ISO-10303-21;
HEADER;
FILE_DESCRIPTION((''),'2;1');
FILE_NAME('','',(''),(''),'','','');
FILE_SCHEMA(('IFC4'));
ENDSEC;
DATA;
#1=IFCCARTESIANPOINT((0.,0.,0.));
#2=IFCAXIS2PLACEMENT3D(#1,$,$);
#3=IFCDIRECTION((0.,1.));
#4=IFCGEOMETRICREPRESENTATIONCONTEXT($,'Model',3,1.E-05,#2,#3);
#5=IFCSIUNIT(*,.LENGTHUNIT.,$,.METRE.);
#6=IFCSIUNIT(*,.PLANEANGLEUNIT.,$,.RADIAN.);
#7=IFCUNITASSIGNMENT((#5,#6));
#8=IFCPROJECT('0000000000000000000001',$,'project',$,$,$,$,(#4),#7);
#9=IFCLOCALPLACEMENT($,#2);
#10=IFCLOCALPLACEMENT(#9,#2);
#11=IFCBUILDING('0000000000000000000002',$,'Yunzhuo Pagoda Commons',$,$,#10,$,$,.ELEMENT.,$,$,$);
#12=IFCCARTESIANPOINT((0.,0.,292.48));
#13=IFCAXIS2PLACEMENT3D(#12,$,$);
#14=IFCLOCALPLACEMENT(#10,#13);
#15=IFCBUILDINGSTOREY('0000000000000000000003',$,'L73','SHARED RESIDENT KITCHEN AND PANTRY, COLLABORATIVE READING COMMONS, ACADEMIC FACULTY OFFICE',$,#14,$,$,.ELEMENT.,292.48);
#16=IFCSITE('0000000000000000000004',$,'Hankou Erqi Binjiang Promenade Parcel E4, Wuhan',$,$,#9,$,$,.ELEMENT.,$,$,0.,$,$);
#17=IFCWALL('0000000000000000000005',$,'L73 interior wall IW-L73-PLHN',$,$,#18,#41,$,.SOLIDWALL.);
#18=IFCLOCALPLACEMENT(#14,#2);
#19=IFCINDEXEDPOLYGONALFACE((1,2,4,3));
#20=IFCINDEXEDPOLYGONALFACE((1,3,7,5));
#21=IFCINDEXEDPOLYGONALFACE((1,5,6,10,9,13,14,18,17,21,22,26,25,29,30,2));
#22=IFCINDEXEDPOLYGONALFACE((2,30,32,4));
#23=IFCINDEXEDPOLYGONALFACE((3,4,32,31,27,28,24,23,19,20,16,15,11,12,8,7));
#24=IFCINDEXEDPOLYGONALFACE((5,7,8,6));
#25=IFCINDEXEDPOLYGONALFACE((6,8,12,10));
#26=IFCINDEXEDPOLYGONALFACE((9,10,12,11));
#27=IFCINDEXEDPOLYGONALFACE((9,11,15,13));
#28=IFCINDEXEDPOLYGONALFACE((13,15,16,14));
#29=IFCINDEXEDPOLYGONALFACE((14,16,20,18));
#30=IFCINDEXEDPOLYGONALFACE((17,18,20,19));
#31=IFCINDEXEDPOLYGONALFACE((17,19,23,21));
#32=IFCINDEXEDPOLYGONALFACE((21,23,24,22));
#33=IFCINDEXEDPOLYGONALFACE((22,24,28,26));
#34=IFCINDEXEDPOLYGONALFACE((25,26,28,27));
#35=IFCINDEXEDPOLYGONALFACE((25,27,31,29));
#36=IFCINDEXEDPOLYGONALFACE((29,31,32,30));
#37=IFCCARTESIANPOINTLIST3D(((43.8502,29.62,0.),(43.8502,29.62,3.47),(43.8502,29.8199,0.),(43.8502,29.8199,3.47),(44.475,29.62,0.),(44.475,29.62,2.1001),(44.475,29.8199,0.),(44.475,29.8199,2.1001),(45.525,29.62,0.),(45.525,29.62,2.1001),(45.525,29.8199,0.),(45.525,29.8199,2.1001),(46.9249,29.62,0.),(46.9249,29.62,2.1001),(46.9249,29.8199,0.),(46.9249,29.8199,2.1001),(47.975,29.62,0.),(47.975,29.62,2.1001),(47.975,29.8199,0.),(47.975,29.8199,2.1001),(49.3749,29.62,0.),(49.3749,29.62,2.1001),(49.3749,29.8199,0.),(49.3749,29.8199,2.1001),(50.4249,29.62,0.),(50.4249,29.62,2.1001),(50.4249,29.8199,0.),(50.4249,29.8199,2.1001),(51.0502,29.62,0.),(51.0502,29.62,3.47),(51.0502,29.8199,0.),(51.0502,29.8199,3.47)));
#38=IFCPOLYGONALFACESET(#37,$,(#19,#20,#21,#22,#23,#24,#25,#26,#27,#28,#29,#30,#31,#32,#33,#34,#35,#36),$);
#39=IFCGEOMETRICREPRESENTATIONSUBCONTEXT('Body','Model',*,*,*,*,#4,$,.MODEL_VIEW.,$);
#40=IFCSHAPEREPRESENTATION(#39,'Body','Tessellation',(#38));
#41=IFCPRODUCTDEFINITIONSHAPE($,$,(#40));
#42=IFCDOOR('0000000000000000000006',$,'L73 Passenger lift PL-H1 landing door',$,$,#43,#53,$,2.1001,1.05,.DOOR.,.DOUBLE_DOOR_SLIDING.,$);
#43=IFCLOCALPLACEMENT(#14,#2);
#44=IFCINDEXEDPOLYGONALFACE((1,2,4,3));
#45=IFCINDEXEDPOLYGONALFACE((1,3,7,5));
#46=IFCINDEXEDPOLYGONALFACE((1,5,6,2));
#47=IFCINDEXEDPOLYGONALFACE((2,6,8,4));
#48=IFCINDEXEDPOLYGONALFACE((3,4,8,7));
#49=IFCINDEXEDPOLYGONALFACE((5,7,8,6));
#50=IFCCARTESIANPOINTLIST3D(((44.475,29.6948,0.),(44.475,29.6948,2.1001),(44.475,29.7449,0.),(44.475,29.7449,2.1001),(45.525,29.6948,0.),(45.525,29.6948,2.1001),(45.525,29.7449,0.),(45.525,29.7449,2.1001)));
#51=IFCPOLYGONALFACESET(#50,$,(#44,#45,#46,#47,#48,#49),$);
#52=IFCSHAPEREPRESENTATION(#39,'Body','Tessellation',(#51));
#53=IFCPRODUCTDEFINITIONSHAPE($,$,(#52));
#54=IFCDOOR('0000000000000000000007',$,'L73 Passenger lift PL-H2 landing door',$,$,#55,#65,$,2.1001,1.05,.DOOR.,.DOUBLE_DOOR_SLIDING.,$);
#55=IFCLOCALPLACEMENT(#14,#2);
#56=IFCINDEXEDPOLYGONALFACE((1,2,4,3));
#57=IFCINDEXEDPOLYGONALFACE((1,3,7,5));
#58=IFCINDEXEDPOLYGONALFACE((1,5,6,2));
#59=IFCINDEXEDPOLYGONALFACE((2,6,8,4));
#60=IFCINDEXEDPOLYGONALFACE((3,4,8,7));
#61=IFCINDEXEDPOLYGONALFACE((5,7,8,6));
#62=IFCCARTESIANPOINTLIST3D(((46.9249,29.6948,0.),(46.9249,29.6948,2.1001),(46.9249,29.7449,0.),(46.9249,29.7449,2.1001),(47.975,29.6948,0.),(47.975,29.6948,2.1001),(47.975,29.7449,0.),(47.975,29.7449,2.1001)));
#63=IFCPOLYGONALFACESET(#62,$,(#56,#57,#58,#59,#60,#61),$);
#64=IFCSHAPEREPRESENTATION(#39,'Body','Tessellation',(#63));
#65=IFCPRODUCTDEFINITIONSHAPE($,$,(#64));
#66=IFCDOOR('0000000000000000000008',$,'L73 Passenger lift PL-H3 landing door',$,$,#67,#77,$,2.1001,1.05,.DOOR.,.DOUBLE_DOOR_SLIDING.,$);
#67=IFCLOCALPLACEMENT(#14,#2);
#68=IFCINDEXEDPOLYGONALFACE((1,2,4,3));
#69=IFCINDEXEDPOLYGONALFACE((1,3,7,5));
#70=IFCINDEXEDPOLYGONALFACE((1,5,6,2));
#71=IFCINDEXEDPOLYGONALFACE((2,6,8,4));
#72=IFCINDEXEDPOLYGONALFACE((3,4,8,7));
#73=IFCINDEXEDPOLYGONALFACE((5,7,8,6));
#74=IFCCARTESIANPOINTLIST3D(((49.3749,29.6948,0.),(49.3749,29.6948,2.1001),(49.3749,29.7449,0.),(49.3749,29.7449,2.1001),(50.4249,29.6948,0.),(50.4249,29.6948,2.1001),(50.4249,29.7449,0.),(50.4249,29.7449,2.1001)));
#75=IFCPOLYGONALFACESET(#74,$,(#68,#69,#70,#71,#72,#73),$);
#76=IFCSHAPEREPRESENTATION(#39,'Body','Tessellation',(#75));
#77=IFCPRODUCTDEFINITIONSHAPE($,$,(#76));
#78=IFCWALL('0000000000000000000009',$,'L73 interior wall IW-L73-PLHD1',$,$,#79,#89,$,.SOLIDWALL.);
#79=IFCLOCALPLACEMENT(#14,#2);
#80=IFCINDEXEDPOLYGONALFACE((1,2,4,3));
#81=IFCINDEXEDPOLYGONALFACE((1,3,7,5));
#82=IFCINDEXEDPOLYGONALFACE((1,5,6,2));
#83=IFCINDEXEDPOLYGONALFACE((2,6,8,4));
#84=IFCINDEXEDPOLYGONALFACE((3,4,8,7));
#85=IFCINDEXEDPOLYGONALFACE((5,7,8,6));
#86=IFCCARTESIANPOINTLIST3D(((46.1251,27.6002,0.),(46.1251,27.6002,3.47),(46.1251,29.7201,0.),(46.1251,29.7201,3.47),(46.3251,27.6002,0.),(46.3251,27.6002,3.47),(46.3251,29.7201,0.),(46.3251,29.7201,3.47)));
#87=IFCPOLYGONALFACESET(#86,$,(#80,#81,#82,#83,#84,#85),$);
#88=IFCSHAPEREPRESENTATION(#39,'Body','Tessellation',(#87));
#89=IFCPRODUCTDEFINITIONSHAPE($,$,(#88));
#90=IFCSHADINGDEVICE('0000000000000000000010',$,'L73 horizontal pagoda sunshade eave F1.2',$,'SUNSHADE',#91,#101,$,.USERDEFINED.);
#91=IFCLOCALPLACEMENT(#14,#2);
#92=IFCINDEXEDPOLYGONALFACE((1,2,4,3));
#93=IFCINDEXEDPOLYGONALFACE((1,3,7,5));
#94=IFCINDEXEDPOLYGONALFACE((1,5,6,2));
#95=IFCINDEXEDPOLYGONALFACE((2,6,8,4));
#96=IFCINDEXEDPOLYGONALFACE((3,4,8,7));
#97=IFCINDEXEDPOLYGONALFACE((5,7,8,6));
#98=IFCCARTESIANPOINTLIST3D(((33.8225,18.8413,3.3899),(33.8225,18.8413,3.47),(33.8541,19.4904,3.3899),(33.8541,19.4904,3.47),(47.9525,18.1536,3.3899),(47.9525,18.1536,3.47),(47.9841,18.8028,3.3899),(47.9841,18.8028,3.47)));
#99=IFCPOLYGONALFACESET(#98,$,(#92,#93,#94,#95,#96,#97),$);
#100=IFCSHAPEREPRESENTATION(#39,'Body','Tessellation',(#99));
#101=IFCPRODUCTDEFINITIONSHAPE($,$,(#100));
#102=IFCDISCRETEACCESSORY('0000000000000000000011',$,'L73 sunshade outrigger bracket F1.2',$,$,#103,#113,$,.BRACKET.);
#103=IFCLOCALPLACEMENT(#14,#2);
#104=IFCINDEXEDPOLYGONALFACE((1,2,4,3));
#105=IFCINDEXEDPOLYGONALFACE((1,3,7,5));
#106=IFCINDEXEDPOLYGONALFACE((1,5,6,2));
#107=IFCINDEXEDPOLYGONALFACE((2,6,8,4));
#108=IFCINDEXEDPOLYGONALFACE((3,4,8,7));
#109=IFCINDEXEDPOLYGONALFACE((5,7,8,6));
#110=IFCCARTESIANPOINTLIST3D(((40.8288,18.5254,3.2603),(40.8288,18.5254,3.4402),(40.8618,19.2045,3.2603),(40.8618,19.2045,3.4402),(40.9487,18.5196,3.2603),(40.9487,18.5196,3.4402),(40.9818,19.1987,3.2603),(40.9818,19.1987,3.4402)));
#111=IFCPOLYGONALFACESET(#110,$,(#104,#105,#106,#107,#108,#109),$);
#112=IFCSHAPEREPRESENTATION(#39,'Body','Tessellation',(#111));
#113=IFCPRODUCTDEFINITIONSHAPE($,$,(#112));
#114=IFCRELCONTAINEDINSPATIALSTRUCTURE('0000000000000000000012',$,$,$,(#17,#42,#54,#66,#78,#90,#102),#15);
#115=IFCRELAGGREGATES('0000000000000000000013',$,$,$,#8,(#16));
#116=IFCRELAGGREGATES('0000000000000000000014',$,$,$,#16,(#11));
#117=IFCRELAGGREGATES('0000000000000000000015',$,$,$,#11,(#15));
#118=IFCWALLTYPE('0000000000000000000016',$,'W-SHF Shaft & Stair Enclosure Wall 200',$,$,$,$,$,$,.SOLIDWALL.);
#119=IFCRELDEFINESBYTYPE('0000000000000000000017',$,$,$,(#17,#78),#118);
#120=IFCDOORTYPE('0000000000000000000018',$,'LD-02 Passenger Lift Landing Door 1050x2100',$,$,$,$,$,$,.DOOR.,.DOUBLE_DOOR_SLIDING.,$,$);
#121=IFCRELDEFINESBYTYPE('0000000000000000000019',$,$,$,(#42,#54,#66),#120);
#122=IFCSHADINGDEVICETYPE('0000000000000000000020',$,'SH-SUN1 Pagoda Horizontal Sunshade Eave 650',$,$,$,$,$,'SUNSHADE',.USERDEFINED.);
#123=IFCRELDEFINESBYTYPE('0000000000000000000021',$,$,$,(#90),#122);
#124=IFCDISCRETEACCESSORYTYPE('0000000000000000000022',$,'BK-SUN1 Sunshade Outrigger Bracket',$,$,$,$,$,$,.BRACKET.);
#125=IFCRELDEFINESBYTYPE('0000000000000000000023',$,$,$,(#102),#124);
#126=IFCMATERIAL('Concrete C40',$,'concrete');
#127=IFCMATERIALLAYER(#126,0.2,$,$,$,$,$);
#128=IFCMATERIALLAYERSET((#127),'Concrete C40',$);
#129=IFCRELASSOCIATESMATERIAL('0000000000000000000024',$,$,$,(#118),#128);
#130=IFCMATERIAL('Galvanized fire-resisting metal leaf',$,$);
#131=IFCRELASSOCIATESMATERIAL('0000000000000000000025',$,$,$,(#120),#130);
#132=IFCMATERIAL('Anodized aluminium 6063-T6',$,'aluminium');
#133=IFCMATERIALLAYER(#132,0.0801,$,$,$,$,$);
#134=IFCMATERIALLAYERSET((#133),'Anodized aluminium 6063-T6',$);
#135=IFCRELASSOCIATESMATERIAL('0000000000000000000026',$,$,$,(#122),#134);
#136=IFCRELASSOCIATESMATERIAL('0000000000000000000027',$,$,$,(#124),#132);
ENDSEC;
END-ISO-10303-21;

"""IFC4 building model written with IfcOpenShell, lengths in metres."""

from ifc_helpers import new_model, si_unit, direction, frame, frame_2d, origin, origin_with_axes, origin_2d, place, context, subcontext, project, spatial, rectangle, extrude, source, transform, mapped, material, layer, layer_set, type_object, element, fill, save


model = new_model("IFC4")

# Units and contexts
model_context = context("Model", 3, precision=1e-05, world=origin(), true_north=direction((0.0, 1.0)))
body_context = subcontext(model_context, "Body", "Model", "MODEL_VIEW")
ifc_project = project(units=[si_unit("LENGTHUNIT", "METRE"), si_unit("PLANEANGLEUNIT", "RADIAN")], contexts=[model_context])

# Site, building, storey
site_placement = place(None, origin())
site = spatial("IfcSite", under=ifc_project, at=site_placement, Name="Hankou Erqi Binjiang Promenade Parcel E4, Wuhan", CompositionType="ELEMENT", RefElevation=0.0)
building_placement = place(site_placement, origin())
building = spatial("IfcBuilding", under=site, at=building_placement, Name="Yunzhuo Pagoda Commons", CompositionType="ELEMENT")
storey_placement = place(building_placement, frame((0.0, 0.0, 292.48)))
storey = spatial("IfcBuildingStorey", under=building, at=storey_placement, Name="L73", Description="SHARED RESIDENT KITCHEN AND PANTRY, COLLABORATIVE READING COMMONS, ACADEMIC FACULTY OFFICE", CompositionType="ELEMENT", Elevation=292.48)

# Shared definitions
ifc_material_1 = material(Name="Anodized aluminium 6063-T6", Category="aluminium")

# Shared definitions
ifc_material_2 = material(Name="Galvanized fire-resisting metal leaf")

# Shared definitions
ifc_material_3 = material(Name="Concrete C40", Category="concrete")
ifc_layer_1 = layer(ifc_material_3, 0.2)
ifc_layer_set_1 = layer_set([ifc_layer_1], Name="Concrete C40")
wall_type_1 = type_object("IfcWallType", Name="W-SHF Shaft & Stair Enclosure Wall 200", PredefinedType="SOLIDWALL", material=ifc_layer_set_1)
shared_shape_1 = source(origin(), body_context, "Body", "SweptSolid", [
    extrude(rectangle(XDim=1.05, YDim=2.1001, at=frame_2d((0.5249, 1.05))), frame((0.0, 0.0249, 0.0), z_axis=(0.0, -1.0, 0.0), x_axis=(1.0, 0.0, 0.0)), (0.0, 0.0, 1.0), 0.05),
])

# Wall, openings, doors
wall_1_placement = place(storey_placement, frame((43.8501, 29.72, 0.0), z_axis=(0.0, 0.0, 1.0), x_axis=(1.0, 0.0, 0.0)))
wall_1 = element("IfcWall", 1, at=wall_1_placement, inside=storey, type_object=wall_type_1, Name="L73 interior wall IW-L73-PLHN", PredefinedType="SOLIDWALL", context=body_context, shape_type="SweptSolid", body=[
    extrude(rectangle(XDim=7.2, YDim=0.2, at=frame_2d((3.6001, 0.0))), origin(), (0.0, 0.0, 1.0), 3.47),
])
opening_1_placement = place(wall_1_placement, frame((0.625, 0.0, 0.0)))
opening_1 = element("IfcOpeningElement", 2, at=opening_1_placement, cuts=wall_1, PredefinedType="OPENING", context=body_context, shape_type="SweptSolid", body=[
    extrude(rectangle(XDim=1.05, YDim=2.1001, at=frame_2d((0.5249, 1.05))), frame((0.0, 0.1099, 0.0), z_axis=(0.0, -1.0, 0.0), x_axis=(1.0, 0.0, 0.0)), (0.0, 0.0, 1.0), 0.22),
])
opening_2_placement = place(wall_1_placement, frame((3.075, 0.0, 0.0)))
opening_2 = element("IfcOpeningElement", 3, at=opening_2_placement, cuts=wall_1, PredefinedType="OPENING", context=body_context, shape_type="SweptSolid", body=[
    extrude(rectangle(XDim=1.05, YDim=2.1001, at=frame_2d((0.5249, 1.05))), frame((0.0, 0.1099, 0.0), z_axis=(0.0, -1.0, 0.0), x_axis=(1.0, 0.0, 0.0)), (0.0, 0.0, 1.0), 0.22),
])
opening_3_placement = place(wall_1_placement, frame((5.5249, 0.0, 0.0)))
opening_3 = element("IfcOpeningElement", 4, at=opening_3_placement, cuts=wall_1, PredefinedType="OPENING", context=body_context, shape_type="SweptSolid", body=[
    extrude(rectangle(XDim=1.05, YDim=2.1001, at=frame_2d((0.5249, 1.05))), frame((0.0, 0.1099, 0.0), z_axis=(0.0, -1.0, 0.0), x_axis=(1.0, 0.0, 0.0)), (0.0, 0.0, 1.0), 0.22),
])
door_type_1 = type_object("IfcDoorType", Name="LD-02 Passenger Lift Landing Door 1050x2100", OperationType="DOUBLE_DOOR_SLIDING", PredefinedType="DOOR", material=ifc_material_2)
door_1_placement = place(opening_1_placement, origin_with_axes())
door_1 = element("IfcDoor", 5, at=door_1_placement, inside=storey, type_object=door_type_1, Name="L73 Passenger lift PL-H1 landing door", OperationType="DOUBLE_DOOR_SLIDING", OverallHeight=2.1001, OverallWidth=1.05, PredefinedType="DOOR", context=body_context, shape_type="MappedRepresentation", body=[
    mapped(shared_shape_1, transform((0.0, 0.0, 0.0), scale=1.0)),
])
fill(opening_1, door_1)
door_2_placement = place(opening_2_placement, origin_with_axes())
door_2 = element("IfcDoor", 6, at=door_2_placement, inside=storey, type_object=door_type_1, Name="L73 Passenger lift PL-H2 landing door", OperationType="DOUBLE_DOOR_SLIDING", OverallHeight=2.1001, OverallWidth=1.05, PredefinedType="DOOR", context=body_context, shape_type="MappedRepresentation", body=[
    mapped(shared_shape_1, transform((0.0, 0.0, 0.0), scale=1.0)),
])
fill(opening_2, door_2)
door_3_placement = place(opening_3_placement, origin_with_axes())
door_3 = element("IfcDoor", 7, at=door_3_placement, inside=storey, type_object=door_type_1, Name="L73 Passenger lift PL-H3 landing door", OperationType="DOUBLE_DOOR_SLIDING", OverallHeight=2.1001, OverallWidth=1.05, PredefinedType="DOOR", context=body_context, shape_type="MappedRepresentation", body=[
    mapped(shared_shape_1, transform((0.0, 0.0, 0.0), scale=1.0)),
])
fill(opening_3, door_3)

# Wall
wall_2_placement = place(storey_placement, frame((46.2251, 27.6001, 0.0), z_axis=(0.0, 0.0, 1.0), x_axis=(0.0, 1.0, 0.0)))
element("IfcWall", 8, at=wall_2_placement, inside=storey, type_object=wall_type_1, Name="L73 interior wall IW-L73-PLHD1", PredefinedType="SOLIDWALL", context=body_context, shape_type="SweptSolid", body=[
    extrude(rectangle(XDim=2.1199, YDim=0.2, at=frame_2d((1.0601, 0.0))), origin(), (0.0, 0.0, 1.0), 3.47),
])

# Shading device
ifc_layer_2 = layer(ifc_material_1, 0.0801)
ifc_layer_set_2 = layer_set([ifc_layer_2], Name="Anodized aluminium 6063-T6")
shading_device_type = type_object("IfcShadingDeviceType", Name="SH-SUN1 Pagoda Horizontal Sunshade Eave 650", ElementType="SUNSHADE", PredefinedType="USERDEFINED", material=ifc_layer_set_2)
shared_shape_2 = source(origin(), body_context, "Body", "SweptSolid", [
    extrude(rectangle(XDim=14.1467, YDim=0.6499, at=origin_2d()), origin(), (0.0, 0.0, 1.0), 0.0801),
])
shading_device_placement = place(storey_placement, frame((40.9033, 18.822, 3.3899), z_axis=(0.0, 0.0, 1.0), x_axis=(0.998818, -0.048606, 0.0)))
element("IfcShadingDevice", 9, at=shading_device_placement, inside=storey, type_object=shading_device_type, Name="L73 horizontal pagoda sunshade eave F1.2", ObjectType="SUNSHADE", PredefinedType="USERDEFINED", context=body_context, shape_type="MappedRepresentation", body=[
    mapped(shared_shape_2, transform((0.0, 0.0, 0.0), scale=1.0)),
])

# Discrete accessory
discrete_accessory_type = type_object("IfcDiscreteAccessoryType", Name="BK-SUN1 Sunshade Outrigger Bracket", PredefinedType="BRACKET", material=ifc_material_1)
shared_shape_3 = source(origin(), body_context, "Body", "SweptSolid", [
    extrude(rectangle(XDim=0.1201, YDim=0.6799, at=origin_2d()), origin(), (0.0, 0.0, 1.0), 0.1799),
])
discrete_accessory_placement = place(storey_placement, frame((40.9053, 18.8621, 3.2603), z_axis=(0.0, 0.0, 1.0), x_axis=(0.998818, -0.048606, 0.0)))
element("IfcDiscreteAccessory", 10, at=discrete_accessory_placement, inside=storey, type_object=discrete_accessory_type, Name="L73 sunshade outrigger bracket F1.2", PredefinedType="BRACKET", context=body_context, shape_type="MappedRepresentation", body=[
    mapped(shared_shape_3, transform((0.0, 0.0, 0.0), scale=1.0)),
])

save(model, "model.ifc")
